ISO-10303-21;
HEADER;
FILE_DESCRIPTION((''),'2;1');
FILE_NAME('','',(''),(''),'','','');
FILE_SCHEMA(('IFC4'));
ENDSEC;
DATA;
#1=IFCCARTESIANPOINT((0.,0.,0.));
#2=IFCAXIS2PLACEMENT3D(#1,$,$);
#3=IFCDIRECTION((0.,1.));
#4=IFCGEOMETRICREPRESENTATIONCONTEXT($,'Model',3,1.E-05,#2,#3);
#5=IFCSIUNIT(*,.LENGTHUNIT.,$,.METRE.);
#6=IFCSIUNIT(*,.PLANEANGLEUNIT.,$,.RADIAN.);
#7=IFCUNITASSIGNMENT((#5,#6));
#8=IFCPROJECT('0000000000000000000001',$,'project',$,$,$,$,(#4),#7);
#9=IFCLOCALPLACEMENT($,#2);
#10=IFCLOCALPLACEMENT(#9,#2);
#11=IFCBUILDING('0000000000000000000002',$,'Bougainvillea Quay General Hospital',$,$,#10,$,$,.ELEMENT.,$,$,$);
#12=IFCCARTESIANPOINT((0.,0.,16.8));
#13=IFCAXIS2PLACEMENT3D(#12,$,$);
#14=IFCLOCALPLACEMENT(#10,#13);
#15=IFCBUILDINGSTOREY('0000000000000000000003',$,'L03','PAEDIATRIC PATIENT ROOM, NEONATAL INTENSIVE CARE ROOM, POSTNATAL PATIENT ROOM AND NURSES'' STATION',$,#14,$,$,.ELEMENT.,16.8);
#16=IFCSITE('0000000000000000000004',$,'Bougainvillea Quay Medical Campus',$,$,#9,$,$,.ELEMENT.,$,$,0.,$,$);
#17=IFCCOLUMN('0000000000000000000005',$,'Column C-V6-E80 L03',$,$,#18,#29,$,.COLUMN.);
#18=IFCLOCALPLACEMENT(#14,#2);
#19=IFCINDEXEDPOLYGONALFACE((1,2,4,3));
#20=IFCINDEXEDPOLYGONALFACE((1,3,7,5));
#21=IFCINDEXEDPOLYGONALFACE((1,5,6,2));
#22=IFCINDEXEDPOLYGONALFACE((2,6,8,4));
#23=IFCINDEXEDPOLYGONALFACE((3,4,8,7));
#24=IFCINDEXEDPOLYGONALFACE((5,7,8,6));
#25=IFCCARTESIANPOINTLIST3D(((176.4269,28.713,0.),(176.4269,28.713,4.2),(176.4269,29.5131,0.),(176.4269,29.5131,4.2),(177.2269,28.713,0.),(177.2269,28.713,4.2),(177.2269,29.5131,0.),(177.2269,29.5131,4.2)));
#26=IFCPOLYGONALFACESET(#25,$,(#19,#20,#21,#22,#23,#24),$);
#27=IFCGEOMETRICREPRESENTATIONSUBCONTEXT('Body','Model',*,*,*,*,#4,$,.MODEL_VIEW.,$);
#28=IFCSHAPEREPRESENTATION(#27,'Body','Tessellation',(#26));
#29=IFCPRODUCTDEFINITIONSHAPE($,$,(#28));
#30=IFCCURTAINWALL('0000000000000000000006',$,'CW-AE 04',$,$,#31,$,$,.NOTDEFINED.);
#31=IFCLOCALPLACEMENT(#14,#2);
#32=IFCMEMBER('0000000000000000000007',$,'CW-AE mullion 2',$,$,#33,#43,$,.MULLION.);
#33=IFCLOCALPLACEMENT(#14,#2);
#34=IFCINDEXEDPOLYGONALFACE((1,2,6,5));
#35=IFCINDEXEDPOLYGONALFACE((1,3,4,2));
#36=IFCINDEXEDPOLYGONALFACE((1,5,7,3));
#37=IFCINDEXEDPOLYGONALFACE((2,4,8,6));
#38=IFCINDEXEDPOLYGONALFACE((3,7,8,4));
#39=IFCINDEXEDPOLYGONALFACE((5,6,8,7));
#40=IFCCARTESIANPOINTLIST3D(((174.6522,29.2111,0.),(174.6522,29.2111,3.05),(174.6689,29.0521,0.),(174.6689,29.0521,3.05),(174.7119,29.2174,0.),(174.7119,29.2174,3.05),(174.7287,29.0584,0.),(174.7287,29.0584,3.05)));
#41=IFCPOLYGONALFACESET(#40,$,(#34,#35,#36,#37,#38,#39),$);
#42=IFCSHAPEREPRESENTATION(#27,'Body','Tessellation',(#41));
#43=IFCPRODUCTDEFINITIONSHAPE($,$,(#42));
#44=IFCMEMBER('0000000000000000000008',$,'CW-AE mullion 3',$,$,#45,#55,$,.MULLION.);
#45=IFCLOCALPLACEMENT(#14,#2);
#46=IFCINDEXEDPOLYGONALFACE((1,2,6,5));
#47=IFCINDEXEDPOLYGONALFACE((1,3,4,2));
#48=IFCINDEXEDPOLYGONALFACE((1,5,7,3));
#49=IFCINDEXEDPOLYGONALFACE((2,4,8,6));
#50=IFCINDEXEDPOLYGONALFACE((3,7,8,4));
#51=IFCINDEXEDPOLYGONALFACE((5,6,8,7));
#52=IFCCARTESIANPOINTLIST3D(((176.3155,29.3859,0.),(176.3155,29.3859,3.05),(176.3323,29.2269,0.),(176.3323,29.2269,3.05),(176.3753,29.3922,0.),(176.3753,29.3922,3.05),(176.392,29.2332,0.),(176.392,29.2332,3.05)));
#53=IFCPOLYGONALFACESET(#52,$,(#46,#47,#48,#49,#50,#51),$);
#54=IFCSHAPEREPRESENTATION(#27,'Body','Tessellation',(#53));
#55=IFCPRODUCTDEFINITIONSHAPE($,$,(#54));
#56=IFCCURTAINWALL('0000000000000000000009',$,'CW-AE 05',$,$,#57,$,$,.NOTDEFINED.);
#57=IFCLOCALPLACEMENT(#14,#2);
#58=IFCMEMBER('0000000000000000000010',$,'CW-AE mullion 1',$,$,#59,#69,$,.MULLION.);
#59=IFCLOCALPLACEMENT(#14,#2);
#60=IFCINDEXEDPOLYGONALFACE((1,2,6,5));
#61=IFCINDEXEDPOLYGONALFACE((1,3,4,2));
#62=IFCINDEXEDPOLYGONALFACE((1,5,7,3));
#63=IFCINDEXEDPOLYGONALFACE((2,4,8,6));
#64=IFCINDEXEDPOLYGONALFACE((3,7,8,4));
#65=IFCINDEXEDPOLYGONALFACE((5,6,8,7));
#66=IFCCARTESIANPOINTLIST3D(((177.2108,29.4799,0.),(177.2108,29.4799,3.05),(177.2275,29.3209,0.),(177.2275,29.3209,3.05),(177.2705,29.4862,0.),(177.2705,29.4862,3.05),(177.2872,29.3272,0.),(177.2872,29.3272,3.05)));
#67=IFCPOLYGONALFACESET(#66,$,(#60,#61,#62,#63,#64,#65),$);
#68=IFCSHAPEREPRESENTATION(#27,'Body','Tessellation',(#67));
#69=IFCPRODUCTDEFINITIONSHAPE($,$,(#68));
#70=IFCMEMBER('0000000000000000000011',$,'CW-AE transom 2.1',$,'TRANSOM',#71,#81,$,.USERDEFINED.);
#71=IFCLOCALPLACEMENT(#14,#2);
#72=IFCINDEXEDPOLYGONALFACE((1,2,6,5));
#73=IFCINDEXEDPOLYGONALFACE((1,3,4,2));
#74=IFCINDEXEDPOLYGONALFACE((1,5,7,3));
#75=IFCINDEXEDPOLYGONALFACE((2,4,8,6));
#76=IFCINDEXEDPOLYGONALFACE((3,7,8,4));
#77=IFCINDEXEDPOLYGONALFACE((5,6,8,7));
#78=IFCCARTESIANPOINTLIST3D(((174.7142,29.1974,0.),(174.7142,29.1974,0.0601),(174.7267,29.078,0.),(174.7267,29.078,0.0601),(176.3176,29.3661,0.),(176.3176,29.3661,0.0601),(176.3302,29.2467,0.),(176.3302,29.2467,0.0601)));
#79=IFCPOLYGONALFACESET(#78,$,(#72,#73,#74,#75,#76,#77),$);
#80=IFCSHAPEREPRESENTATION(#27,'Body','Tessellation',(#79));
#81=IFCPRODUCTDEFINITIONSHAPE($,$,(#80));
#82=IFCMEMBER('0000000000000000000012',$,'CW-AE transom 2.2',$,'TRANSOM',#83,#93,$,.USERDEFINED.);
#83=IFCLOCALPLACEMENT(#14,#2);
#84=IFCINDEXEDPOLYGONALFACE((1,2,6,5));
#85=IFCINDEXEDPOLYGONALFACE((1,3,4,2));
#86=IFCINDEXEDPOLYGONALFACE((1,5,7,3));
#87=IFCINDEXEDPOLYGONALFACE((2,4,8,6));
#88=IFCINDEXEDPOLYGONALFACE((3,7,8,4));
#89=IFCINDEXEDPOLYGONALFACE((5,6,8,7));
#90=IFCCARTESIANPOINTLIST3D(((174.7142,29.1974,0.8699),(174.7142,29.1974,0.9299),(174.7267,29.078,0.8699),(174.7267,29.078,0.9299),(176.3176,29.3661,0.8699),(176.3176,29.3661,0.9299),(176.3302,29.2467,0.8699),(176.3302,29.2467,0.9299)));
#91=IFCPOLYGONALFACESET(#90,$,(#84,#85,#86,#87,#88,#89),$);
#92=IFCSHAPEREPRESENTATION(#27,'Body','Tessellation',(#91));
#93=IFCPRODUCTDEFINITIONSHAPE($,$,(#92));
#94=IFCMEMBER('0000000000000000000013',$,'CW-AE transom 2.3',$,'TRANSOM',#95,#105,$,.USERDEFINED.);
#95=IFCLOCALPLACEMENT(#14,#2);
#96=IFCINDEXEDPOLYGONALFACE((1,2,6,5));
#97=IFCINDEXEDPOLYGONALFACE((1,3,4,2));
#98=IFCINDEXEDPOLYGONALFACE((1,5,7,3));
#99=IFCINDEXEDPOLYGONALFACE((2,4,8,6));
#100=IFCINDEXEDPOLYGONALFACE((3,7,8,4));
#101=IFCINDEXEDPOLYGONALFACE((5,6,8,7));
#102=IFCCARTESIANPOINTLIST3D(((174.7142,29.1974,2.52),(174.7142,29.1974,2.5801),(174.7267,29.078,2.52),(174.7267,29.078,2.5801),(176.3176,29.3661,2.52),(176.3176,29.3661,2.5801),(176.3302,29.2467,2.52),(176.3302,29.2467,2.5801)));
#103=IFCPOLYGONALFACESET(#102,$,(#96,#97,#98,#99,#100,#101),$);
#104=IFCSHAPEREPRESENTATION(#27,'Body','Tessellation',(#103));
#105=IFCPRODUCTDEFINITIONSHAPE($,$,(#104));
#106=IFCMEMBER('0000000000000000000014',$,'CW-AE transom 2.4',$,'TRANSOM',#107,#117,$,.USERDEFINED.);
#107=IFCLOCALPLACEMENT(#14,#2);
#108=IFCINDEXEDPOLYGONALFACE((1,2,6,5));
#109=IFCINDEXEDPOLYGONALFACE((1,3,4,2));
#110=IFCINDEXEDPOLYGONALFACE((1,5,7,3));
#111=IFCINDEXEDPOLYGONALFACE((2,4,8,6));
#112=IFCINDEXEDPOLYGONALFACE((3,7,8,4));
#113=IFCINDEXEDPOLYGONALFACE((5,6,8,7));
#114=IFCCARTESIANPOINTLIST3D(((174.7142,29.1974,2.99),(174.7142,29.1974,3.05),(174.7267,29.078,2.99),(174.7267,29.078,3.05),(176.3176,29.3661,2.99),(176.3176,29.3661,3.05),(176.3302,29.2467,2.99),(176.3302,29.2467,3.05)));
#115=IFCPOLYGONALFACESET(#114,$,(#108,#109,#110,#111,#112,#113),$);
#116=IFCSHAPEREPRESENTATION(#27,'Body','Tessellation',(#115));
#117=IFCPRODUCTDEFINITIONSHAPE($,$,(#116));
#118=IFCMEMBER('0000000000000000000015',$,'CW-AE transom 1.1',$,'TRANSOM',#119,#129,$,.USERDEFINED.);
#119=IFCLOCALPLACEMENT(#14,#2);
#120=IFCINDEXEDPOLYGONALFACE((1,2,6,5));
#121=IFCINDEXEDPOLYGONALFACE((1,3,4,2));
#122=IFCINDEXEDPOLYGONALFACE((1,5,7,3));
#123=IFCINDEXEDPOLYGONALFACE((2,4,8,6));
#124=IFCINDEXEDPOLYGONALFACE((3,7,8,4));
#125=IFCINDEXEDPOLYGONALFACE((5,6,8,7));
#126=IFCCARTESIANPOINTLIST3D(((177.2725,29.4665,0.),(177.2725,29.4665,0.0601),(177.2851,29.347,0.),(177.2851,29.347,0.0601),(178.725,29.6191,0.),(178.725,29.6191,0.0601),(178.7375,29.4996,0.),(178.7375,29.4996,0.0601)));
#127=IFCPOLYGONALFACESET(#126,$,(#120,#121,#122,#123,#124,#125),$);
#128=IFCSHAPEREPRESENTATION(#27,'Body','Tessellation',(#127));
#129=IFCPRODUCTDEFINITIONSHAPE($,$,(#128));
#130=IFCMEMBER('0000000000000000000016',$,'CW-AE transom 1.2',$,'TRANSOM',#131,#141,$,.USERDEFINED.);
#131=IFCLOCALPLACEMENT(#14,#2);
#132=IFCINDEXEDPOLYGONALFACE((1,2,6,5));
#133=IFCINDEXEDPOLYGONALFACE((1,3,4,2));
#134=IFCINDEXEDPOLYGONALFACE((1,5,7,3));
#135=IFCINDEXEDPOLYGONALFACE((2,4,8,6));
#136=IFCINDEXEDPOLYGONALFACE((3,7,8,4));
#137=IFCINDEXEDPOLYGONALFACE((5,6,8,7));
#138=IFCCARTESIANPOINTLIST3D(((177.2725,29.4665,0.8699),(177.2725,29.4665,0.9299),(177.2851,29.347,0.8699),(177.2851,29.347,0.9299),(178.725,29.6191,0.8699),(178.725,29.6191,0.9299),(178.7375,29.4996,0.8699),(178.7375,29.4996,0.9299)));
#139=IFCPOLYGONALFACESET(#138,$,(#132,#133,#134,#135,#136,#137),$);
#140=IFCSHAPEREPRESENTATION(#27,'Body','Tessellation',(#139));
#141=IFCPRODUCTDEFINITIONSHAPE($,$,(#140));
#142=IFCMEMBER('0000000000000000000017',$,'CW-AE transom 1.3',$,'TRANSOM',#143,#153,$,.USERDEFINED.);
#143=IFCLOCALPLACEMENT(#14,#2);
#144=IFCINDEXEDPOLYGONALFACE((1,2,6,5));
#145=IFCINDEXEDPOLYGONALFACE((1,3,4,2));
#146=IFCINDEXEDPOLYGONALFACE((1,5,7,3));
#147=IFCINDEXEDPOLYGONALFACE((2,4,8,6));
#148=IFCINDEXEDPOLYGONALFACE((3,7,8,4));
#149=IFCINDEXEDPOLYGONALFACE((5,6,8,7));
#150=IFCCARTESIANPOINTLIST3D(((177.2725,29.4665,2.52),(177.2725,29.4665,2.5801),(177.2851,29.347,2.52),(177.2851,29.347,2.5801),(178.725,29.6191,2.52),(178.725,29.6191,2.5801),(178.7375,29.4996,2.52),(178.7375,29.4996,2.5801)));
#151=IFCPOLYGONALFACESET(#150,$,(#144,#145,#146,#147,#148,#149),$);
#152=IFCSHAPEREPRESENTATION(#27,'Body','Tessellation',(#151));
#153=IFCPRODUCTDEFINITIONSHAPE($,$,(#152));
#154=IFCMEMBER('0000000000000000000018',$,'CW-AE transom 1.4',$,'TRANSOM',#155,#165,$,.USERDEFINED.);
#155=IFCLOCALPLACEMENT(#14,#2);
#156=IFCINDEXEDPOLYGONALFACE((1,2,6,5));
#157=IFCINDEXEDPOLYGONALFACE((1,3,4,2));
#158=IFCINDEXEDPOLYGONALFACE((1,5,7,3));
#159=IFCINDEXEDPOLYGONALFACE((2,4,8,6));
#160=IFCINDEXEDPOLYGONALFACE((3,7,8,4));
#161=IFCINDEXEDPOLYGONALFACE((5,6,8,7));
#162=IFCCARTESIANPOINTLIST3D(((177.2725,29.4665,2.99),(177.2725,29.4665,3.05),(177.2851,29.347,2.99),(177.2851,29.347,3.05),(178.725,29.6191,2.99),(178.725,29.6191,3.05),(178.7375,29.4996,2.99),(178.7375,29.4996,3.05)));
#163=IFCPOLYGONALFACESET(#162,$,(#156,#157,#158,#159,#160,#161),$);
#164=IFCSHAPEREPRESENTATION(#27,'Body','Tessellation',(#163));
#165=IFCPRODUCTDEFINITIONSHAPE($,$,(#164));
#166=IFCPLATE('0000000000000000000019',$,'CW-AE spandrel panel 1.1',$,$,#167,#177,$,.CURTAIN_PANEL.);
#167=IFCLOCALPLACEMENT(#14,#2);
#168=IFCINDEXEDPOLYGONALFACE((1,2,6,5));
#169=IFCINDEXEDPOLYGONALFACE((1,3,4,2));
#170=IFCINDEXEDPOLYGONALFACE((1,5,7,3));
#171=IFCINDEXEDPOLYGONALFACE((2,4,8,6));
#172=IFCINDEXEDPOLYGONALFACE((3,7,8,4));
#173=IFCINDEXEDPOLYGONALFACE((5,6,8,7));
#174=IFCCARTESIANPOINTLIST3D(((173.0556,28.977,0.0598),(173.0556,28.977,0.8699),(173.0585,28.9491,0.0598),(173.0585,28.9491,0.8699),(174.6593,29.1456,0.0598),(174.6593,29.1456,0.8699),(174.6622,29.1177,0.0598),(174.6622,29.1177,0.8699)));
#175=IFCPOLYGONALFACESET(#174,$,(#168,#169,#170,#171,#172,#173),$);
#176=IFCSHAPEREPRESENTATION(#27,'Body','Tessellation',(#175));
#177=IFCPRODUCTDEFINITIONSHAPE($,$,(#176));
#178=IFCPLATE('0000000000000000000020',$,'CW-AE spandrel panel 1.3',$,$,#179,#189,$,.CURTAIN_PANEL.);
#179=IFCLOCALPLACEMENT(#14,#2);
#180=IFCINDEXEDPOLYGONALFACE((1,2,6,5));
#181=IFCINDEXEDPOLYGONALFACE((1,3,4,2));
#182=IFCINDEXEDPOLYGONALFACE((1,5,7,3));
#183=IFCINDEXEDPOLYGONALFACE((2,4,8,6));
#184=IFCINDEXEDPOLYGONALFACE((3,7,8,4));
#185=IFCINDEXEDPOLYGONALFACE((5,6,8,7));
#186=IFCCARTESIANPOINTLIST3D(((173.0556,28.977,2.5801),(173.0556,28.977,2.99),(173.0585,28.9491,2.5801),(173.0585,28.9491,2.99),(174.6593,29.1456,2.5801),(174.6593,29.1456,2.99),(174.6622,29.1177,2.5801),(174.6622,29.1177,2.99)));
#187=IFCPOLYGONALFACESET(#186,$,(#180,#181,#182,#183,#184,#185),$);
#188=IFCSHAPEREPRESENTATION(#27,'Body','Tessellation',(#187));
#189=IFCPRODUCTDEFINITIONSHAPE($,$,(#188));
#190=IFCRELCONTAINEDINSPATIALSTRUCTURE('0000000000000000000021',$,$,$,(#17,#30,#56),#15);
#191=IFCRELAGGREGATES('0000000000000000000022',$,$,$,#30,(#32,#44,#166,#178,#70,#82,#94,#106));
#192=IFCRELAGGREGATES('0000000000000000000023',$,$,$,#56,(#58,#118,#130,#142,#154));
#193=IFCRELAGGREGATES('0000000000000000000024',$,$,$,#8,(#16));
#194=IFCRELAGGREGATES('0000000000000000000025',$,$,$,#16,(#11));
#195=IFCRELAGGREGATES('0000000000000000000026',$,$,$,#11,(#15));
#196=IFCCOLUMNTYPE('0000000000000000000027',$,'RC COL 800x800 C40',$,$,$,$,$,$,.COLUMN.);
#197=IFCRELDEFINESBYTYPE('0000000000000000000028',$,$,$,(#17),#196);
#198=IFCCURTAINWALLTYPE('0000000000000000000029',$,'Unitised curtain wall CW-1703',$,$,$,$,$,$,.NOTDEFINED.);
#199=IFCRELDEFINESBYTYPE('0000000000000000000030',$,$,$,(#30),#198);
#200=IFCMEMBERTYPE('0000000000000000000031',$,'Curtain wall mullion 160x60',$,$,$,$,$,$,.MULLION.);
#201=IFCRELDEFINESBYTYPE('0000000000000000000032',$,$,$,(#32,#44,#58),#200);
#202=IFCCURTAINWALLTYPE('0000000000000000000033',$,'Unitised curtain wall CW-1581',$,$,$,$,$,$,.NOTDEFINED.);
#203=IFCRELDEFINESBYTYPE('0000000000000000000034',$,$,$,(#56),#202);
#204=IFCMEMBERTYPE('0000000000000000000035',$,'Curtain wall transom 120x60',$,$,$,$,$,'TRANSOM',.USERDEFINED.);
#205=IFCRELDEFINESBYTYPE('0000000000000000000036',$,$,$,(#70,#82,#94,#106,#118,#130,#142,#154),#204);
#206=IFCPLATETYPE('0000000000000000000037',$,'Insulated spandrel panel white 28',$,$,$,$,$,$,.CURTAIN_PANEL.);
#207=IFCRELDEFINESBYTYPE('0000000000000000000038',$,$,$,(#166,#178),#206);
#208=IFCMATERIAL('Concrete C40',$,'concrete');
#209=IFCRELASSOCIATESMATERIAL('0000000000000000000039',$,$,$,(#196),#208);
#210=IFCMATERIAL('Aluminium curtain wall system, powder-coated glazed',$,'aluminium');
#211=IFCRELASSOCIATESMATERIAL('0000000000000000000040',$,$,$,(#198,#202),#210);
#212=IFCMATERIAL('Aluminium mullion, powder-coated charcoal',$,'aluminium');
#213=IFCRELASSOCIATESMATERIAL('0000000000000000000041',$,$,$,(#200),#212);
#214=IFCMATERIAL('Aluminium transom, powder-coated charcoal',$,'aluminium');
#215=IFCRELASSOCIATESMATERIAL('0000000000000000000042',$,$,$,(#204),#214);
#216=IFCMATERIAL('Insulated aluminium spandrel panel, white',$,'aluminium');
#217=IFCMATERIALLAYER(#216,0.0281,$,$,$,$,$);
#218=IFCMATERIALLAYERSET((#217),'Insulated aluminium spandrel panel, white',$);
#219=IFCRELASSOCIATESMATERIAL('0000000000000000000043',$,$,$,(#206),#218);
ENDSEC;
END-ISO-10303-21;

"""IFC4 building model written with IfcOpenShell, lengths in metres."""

from ifc_helpers import new_model, si_unit, direction, frame, origin, origin_2d, place, context, subcontext, project, spatial, rectangle, extrude, material, layer, layer_set, material_profile, profile_set, type_object, element, aggregate, save


model = new_model("IFC4")

# Units and contexts
model_context = context("Model", 3, precision=1e-05, world=origin(), true_north=direction((0.0, 1.0)))
body_context = subcontext(model_context, "Body", "Model", "MODEL_VIEW")
ifc_project = project(units=[si_unit("LENGTHUNIT", "METRE"), si_unit("PLANEANGLEUNIT", "RADIAN")], contexts=[model_context])

# Site, building, storey
site_placement = place(None, origin())
site = spatial("IfcSite", under=ifc_project, at=site_placement, Name="Bougainvillea Quay Medical Campus", CompositionType="ELEMENT", RefElevation=0.0)
building_placement = place(site_placement, origin())
building = spatial("IfcBuilding", under=site, at=building_placement, Name="Bougainvillea Quay General Hospital", CompositionType="ELEMENT")
storey_placement = place(building_placement, frame((0.0, 0.0, 16.8)))
storey = spatial("IfcBuildingStorey", under=building, at=storey_placement, Name="L03", Description="PAEDIATRIC PATIENT ROOM, NEONATAL INTENSIVE CARE ROOM, POSTNATAL PATIENT ROOM AND NURSES' STATION", CompositionType="ELEMENT", Elevation=16.8)

# Column
ifc_material_1 = material(Name="Concrete C40", Category="concrete")
ifc_material_profile_1 = material_profile(ifc_material_1, rectangle(XDim=0.8, YDim=0.8, at=origin_2d()))
ifc_profile_set_1 = profile_set([ifc_material_profile_1], Name="Concrete C40")
column_type = type_object("IfcColumnType", Name="RC COL 800x800 C40", PredefinedType="COLUMN", material=ifc_profile_set_1)
column_placement = place(storey_placement, frame((176.8269, 29.113, 0.0), z_axis=(0.0, 0.0, 1.0), x_axis=(1.0, 0.0, 0.0)))
element("IfcColumn", 1, at=column_placement, inside=storey, type_object=column_type, Name="Column C-V6-E80 L03", PredefinedType="COLUMN", context=body_context, shape_type="SweptSolid", body=[
    extrude(rectangle(XDim=0.8, YDim=0.8, at=origin_2d()), origin(), (0.0, 0.0, 1.0), 4.2),
])

# Curtain wall, members
ifc_material_2 = material(Name="Aluminium curtain wall system, powder-coated glazed", Category="aluminium")
curtain_wall_type_1 = type_object("IfcCurtainWallType", Name="Unitised curtain wall CW-1703", PredefinedType="NOTDEFINED", material=ifc_material_2)
curtain_wall_1_placement = place(storey_placement, origin())
curtain_wall_1 = element("IfcCurtainWall", 2, at=curtain_wall_1_placement, inside=storey, type_object=curtain_wall_type_1, Name="CW-AE 04", PredefinedType="NOTDEFINED")
ifc_material_3 = material(Name="Aluminium mullion, powder-coated charcoal", Category="aluminium")
ifc_material_profile_2 = material_profile(ifc_material_3, rectangle(XDim=0.1599, YDim=0.0601, at=origin_2d()))
ifc_profile_set_2 = profile_set([ifc_material_profile_2], Name="Aluminium mullion, powder-coated charcoal")
member_type_1 = type_object("IfcMemberType", Name="Curtain wall mullion 160x60", PredefinedType="MULLION", material=ifc_profile_set_2)
member_1_placement = place(storey_placement, frame((174.6904, 29.1348, 0.0), z_axis=(0.0, 0.0, 1.0), x_axis=(-0.104527, 0.994522, 0.0)))
member_1 = element("IfcMember", 3, at=member_1_placement, type_object=member_type_1, Name="CW-AE mullion 2", PredefinedType="MULLION", context=body_context, shape_type="SweptSolid", body=[
    extrude(rectangle(XDim=0.1599, YDim=0.0601, at=origin_2d()), origin(), (0.0, 0.0, 1.0), 3.05),
])
member_2_placement = place(storey_placement, frame((176.3538, 29.3096, 0.0), z_axis=(0.0, 0.0, 1.0), x_axis=(-0.104527, 0.994522, 0.0)))
member_2 = element("IfcMember", 4, at=member_2_placement, type_object=member_type_1, Name="CW-AE mullion 3", PredefinedType="MULLION", context=body_context, shape_type="SweptSolid", body=[
    extrude(rectangle(XDim=0.1599, YDim=0.0601, at=origin_2d()), origin(), (0.0, 0.0, 1.0), 3.05),
])

# Curtain wall, member
curtain_wall_type_2 = type_object("IfcCurtainWallType", Name="Unitised curtain wall CW-1581", PredefinedType="NOTDEFINED", material=ifc_material_2)
curtain_wall_2_placement = place(storey_placement, origin())
curtain_wall_2 = element("IfcCurtainWall", 5, at=curtain_wall_2_placement, inside=storey, type_object=curtain_wall_type_2, Name="CW-AE 05", PredefinedType="NOTDEFINED")
member_3_placement = place(storey_placement, frame((177.249, 29.4036, 0.0), z_axis=(0.0, 0.0, 1.0), x_axis=(-0.104527, 0.994522, 0.0)))
member_3 = element("IfcMember", 6, at=member_3_placement, type_object=member_type_1, Name="CW-AE mullion 1", PredefinedType="MULLION", context=body_context, shape_type="SweptSolid", body=[
    extrude(rectangle(XDim=0.1599, YDim=0.0601, at=origin_2d()), origin(), (0.0, 0.0, 1.0), 3.05),
])

# Members
ifc_material_4 = material(Name="Aluminium transom, powder-coated charcoal", Category="aluminium")
ifc_material_profile_3 = material_profile(ifc_material_4, rectangle(XDim=0.1201, YDim=0.0601, at=origin_2d()))
ifc_profile_set_3 = profile_set([ifc_material_profile_3], Name="Aluminium transom, powder-coated charcoal")
member_type_2 = type_object("IfcMemberType", Name="Curtain wall transom 120x60", ElementType="TRANSOM", PredefinedType="USERDEFINED", material=ifc_profile_set_3)
member_4_placement = place(storey_placement, frame((174.7205, 29.1377, 0.03), z_axis=(0.994511, 0.10463, 0.0), x_axis=(-0.10463, 0.994511, 0.0)))
member_4 = element("IfcMember", 7, at=member_4_placement, type_object=member_type_2, Name="CW-AE transom 2.1", ObjectType="TRANSOM", PredefinedType="USERDEFINED", context=body_context, shape_type="SweptSolid", body=[
    extrude(rectangle(XDim=0.1201, YDim=0.0601, at=origin_2d()), origin(), (0.0, 0.0, 1.0), 1.6123),
])
member_5_placement = place(storey_placement, frame((174.7205, 29.1377, 0.8999), z_axis=(0.994511, 0.10463, 0.0), x_axis=(-0.10463, 0.994511, 0.0)))
member_5 = element("IfcMember", 8, at=member_5_placement, type_object=member_type_2, Name="CW-AE transom 2.2", ObjectType="TRANSOM", PredefinedType="USERDEFINED", context=body_context, shape_type="SweptSolid", body=[
    extrude(rectangle(XDim=0.1201, YDim=0.0601, at=origin_2d()), origin(), (0.0, 0.0, 1.0), 1.6123),
])
member_6_placement = place(storey_placement, frame((174.7205, 29.1377, 2.55), z_axis=(0.994511, 0.10463, 0.0), x_axis=(-0.10463, 0.994511, 0.0)))
member_6 = element("IfcMember", 9, at=member_6_placement, type_object=member_type_2, Name="CW-AE transom 2.3", ObjectType="TRANSOM", PredefinedType="USERDEFINED", context=body_context, shape_type="SweptSolid", body=[
    extrude(rectangle(XDim=0.1201, YDim=0.0601, at=origin_2d()), origin(), (0.0, 0.0, 1.0), 1.6123),
])
member_7_placement = place(storey_placement, frame((174.7205, 29.1377, 3.02), z_axis=(0.994511, 0.10463, 0.0), x_axis=(-0.10463, 0.994511, 0.0)))
member_7 = element("IfcMember", 10, at=member_7_placement, type_object=member_type_2, Name="CW-AE transom 2.4", ObjectType="TRANSOM", PredefinedType="USERDEFINED", context=body_context, shape_type="SweptSolid", body=[
    extrude(rectangle(XDim=0.1201, YDim=0.0601, at=origin_2d()), origin(), (0.0, 0.0, 1.0), 1.6123),
])
member_8_placement = place(storey_placement, frame((177.2788, 29.4067, 0.03), z_axis=(0.994527, 0.104485, 0.0), x_axis=(-0.104485, 0.994527, 0.0)))
member_8 = element("IfcMember", 11, at=member_8_placement, type_object=member_type_2, Name="CW-AE transom 1.1", ObjectType="TRANSOM", PredefinedType="USERDEFINED", context=body_context, shape_type="SweptSolid", body=[
    extrude(rectangle(XDim=0.1201, YDim=0.0601, at=origin_2d()), origin(), (0.0, 0.0, 1.0), 1.4604),
])
member_9_placement = place(storey_placement, frame((177.2788, 29.4067, 0.8999), z_axis=(0.994527, 0.104485, 0.0), x_axis=(-0.104485, 0.994527, 0.0)))
member_9 = element("IfcMember", 12, at=member_9_placement, type_object=member_type_2, Name="CW-AE transom 1.2", ObjectType="TRANSOM", PredefinedType="USERDEFINED", context=body_context, shape_type="SweptSolid", body=[
    extrude(rectangle(XDim=0.1201, YDim=0.0601, at=origin_2d()), origin(), (0.0, 0.0, 1.0), 1.4604),
])
member_10_placement = place(storey_placement, frame((177.2788, 29.4067, 2.55), z_axis=(0.994527, 0.104485, 0.0), x_axis=(-0.104485, 0.994527, 0.0)))
member_10 = element("IfcMember", 13, at=member_10_placement, type_object=member_type_2, Name="CW-AE transom 1.3", ObjectType="TRANSOM", PredefinedType="USERDEFINED", context=body_context, shape_type="SweptSolid", body=[
    extrude(rectangle(XDim=0.1201, YDim=0.0601, at=origin_2d()), origin(), (0.0, 0.0, 1.0), 1.4604),
])
member_11_placement = place(storey_placement, frame((177.2788, 29.4067, 3.02), z_axis=(0.994527, 0.104485, 0.0), x_axis=(-0.104485, 0.994527, 0.0)))
member_11 = element("IfcMember", 14, at=member_11_placement, type_object=member_type_2, Name="CW-AE transom 1.4", ObjectType="TRANSOM", PredefinedType="USERDEFINED", context=body_context, shape_type="SweptSolid", body=[
    extrude(rectangle(XDim=0.1201, YDim=0.0601, at=origin_2d()), origin(), (0.0, 0.0, 1.0), 1.4604),
])

# Plates
ifc_material_5 = material(Name="Insulated aluminium spandrel panel, white", Category="aluminium")
ifc_layer_1 = layer(ifc_material_5, 0.0281)
ifc_layer_set_1 = layer_set([ifc_layer_1], Name="Insulated aluminium spandrel panel, white")
plate_type_1 = type_object("IfcPlateType", Name="Insulated spandrel panel white 28", PredefinedType="CURTAIN_PANEL", material=ifc_layer_set_1)
plate_1_placement = place(storey_placement, frame((173.8589, 29.0474, 0.0598), z_axis=(0.0, 0.0, 1.0), x_axis=(0.994522, 0.104527, 0.0)))
plate_1 = element("IfcPlate", 15, at=plate_1_placement, type_object=plate_type_1, Name="CW-AE spandrel panel 1.1", PredefinedType="CURTAIN_PANEL", context=body_context, shape_type="SweptSolid", body=[
    extrude(rectangle(XDim=1.6125, YDim=0.0281, at=origin_2d()), origin(), (0.0, 0.0, 1.0), 0.8101),
])
plate_2_placement = place(storey_placement, frame((173.8589, 29.0474, 2.5801), z_axis=(0.0, 0.0, 1.0), x_axis=(0.994522, 0.104527, 0.0)))
plate_2 = element("IfcPlate", 16, at=plate_2_placement, type_object=plate_type_1, Name="CW-AE spandrel panel 1.3", PredefinedType="CURTAIN_PANEL", context=body_context, shape_type="SweptSolid", body=[
    extrude(rectangle(XDim=1.6125, YDim=0.0281, at=origin_2d()), origin(), (0.0, 0.0, 1.0), 0.4099),
])
aggregate(curtain_wall_1, [member_1, member_2, plate_1, plate_2, member_4, member_5, member_6, member_7])
aggregate(curtain_wall_2, [member_3, member_8, member_9, member_10, member_11])

save(model, "model.ifc")
